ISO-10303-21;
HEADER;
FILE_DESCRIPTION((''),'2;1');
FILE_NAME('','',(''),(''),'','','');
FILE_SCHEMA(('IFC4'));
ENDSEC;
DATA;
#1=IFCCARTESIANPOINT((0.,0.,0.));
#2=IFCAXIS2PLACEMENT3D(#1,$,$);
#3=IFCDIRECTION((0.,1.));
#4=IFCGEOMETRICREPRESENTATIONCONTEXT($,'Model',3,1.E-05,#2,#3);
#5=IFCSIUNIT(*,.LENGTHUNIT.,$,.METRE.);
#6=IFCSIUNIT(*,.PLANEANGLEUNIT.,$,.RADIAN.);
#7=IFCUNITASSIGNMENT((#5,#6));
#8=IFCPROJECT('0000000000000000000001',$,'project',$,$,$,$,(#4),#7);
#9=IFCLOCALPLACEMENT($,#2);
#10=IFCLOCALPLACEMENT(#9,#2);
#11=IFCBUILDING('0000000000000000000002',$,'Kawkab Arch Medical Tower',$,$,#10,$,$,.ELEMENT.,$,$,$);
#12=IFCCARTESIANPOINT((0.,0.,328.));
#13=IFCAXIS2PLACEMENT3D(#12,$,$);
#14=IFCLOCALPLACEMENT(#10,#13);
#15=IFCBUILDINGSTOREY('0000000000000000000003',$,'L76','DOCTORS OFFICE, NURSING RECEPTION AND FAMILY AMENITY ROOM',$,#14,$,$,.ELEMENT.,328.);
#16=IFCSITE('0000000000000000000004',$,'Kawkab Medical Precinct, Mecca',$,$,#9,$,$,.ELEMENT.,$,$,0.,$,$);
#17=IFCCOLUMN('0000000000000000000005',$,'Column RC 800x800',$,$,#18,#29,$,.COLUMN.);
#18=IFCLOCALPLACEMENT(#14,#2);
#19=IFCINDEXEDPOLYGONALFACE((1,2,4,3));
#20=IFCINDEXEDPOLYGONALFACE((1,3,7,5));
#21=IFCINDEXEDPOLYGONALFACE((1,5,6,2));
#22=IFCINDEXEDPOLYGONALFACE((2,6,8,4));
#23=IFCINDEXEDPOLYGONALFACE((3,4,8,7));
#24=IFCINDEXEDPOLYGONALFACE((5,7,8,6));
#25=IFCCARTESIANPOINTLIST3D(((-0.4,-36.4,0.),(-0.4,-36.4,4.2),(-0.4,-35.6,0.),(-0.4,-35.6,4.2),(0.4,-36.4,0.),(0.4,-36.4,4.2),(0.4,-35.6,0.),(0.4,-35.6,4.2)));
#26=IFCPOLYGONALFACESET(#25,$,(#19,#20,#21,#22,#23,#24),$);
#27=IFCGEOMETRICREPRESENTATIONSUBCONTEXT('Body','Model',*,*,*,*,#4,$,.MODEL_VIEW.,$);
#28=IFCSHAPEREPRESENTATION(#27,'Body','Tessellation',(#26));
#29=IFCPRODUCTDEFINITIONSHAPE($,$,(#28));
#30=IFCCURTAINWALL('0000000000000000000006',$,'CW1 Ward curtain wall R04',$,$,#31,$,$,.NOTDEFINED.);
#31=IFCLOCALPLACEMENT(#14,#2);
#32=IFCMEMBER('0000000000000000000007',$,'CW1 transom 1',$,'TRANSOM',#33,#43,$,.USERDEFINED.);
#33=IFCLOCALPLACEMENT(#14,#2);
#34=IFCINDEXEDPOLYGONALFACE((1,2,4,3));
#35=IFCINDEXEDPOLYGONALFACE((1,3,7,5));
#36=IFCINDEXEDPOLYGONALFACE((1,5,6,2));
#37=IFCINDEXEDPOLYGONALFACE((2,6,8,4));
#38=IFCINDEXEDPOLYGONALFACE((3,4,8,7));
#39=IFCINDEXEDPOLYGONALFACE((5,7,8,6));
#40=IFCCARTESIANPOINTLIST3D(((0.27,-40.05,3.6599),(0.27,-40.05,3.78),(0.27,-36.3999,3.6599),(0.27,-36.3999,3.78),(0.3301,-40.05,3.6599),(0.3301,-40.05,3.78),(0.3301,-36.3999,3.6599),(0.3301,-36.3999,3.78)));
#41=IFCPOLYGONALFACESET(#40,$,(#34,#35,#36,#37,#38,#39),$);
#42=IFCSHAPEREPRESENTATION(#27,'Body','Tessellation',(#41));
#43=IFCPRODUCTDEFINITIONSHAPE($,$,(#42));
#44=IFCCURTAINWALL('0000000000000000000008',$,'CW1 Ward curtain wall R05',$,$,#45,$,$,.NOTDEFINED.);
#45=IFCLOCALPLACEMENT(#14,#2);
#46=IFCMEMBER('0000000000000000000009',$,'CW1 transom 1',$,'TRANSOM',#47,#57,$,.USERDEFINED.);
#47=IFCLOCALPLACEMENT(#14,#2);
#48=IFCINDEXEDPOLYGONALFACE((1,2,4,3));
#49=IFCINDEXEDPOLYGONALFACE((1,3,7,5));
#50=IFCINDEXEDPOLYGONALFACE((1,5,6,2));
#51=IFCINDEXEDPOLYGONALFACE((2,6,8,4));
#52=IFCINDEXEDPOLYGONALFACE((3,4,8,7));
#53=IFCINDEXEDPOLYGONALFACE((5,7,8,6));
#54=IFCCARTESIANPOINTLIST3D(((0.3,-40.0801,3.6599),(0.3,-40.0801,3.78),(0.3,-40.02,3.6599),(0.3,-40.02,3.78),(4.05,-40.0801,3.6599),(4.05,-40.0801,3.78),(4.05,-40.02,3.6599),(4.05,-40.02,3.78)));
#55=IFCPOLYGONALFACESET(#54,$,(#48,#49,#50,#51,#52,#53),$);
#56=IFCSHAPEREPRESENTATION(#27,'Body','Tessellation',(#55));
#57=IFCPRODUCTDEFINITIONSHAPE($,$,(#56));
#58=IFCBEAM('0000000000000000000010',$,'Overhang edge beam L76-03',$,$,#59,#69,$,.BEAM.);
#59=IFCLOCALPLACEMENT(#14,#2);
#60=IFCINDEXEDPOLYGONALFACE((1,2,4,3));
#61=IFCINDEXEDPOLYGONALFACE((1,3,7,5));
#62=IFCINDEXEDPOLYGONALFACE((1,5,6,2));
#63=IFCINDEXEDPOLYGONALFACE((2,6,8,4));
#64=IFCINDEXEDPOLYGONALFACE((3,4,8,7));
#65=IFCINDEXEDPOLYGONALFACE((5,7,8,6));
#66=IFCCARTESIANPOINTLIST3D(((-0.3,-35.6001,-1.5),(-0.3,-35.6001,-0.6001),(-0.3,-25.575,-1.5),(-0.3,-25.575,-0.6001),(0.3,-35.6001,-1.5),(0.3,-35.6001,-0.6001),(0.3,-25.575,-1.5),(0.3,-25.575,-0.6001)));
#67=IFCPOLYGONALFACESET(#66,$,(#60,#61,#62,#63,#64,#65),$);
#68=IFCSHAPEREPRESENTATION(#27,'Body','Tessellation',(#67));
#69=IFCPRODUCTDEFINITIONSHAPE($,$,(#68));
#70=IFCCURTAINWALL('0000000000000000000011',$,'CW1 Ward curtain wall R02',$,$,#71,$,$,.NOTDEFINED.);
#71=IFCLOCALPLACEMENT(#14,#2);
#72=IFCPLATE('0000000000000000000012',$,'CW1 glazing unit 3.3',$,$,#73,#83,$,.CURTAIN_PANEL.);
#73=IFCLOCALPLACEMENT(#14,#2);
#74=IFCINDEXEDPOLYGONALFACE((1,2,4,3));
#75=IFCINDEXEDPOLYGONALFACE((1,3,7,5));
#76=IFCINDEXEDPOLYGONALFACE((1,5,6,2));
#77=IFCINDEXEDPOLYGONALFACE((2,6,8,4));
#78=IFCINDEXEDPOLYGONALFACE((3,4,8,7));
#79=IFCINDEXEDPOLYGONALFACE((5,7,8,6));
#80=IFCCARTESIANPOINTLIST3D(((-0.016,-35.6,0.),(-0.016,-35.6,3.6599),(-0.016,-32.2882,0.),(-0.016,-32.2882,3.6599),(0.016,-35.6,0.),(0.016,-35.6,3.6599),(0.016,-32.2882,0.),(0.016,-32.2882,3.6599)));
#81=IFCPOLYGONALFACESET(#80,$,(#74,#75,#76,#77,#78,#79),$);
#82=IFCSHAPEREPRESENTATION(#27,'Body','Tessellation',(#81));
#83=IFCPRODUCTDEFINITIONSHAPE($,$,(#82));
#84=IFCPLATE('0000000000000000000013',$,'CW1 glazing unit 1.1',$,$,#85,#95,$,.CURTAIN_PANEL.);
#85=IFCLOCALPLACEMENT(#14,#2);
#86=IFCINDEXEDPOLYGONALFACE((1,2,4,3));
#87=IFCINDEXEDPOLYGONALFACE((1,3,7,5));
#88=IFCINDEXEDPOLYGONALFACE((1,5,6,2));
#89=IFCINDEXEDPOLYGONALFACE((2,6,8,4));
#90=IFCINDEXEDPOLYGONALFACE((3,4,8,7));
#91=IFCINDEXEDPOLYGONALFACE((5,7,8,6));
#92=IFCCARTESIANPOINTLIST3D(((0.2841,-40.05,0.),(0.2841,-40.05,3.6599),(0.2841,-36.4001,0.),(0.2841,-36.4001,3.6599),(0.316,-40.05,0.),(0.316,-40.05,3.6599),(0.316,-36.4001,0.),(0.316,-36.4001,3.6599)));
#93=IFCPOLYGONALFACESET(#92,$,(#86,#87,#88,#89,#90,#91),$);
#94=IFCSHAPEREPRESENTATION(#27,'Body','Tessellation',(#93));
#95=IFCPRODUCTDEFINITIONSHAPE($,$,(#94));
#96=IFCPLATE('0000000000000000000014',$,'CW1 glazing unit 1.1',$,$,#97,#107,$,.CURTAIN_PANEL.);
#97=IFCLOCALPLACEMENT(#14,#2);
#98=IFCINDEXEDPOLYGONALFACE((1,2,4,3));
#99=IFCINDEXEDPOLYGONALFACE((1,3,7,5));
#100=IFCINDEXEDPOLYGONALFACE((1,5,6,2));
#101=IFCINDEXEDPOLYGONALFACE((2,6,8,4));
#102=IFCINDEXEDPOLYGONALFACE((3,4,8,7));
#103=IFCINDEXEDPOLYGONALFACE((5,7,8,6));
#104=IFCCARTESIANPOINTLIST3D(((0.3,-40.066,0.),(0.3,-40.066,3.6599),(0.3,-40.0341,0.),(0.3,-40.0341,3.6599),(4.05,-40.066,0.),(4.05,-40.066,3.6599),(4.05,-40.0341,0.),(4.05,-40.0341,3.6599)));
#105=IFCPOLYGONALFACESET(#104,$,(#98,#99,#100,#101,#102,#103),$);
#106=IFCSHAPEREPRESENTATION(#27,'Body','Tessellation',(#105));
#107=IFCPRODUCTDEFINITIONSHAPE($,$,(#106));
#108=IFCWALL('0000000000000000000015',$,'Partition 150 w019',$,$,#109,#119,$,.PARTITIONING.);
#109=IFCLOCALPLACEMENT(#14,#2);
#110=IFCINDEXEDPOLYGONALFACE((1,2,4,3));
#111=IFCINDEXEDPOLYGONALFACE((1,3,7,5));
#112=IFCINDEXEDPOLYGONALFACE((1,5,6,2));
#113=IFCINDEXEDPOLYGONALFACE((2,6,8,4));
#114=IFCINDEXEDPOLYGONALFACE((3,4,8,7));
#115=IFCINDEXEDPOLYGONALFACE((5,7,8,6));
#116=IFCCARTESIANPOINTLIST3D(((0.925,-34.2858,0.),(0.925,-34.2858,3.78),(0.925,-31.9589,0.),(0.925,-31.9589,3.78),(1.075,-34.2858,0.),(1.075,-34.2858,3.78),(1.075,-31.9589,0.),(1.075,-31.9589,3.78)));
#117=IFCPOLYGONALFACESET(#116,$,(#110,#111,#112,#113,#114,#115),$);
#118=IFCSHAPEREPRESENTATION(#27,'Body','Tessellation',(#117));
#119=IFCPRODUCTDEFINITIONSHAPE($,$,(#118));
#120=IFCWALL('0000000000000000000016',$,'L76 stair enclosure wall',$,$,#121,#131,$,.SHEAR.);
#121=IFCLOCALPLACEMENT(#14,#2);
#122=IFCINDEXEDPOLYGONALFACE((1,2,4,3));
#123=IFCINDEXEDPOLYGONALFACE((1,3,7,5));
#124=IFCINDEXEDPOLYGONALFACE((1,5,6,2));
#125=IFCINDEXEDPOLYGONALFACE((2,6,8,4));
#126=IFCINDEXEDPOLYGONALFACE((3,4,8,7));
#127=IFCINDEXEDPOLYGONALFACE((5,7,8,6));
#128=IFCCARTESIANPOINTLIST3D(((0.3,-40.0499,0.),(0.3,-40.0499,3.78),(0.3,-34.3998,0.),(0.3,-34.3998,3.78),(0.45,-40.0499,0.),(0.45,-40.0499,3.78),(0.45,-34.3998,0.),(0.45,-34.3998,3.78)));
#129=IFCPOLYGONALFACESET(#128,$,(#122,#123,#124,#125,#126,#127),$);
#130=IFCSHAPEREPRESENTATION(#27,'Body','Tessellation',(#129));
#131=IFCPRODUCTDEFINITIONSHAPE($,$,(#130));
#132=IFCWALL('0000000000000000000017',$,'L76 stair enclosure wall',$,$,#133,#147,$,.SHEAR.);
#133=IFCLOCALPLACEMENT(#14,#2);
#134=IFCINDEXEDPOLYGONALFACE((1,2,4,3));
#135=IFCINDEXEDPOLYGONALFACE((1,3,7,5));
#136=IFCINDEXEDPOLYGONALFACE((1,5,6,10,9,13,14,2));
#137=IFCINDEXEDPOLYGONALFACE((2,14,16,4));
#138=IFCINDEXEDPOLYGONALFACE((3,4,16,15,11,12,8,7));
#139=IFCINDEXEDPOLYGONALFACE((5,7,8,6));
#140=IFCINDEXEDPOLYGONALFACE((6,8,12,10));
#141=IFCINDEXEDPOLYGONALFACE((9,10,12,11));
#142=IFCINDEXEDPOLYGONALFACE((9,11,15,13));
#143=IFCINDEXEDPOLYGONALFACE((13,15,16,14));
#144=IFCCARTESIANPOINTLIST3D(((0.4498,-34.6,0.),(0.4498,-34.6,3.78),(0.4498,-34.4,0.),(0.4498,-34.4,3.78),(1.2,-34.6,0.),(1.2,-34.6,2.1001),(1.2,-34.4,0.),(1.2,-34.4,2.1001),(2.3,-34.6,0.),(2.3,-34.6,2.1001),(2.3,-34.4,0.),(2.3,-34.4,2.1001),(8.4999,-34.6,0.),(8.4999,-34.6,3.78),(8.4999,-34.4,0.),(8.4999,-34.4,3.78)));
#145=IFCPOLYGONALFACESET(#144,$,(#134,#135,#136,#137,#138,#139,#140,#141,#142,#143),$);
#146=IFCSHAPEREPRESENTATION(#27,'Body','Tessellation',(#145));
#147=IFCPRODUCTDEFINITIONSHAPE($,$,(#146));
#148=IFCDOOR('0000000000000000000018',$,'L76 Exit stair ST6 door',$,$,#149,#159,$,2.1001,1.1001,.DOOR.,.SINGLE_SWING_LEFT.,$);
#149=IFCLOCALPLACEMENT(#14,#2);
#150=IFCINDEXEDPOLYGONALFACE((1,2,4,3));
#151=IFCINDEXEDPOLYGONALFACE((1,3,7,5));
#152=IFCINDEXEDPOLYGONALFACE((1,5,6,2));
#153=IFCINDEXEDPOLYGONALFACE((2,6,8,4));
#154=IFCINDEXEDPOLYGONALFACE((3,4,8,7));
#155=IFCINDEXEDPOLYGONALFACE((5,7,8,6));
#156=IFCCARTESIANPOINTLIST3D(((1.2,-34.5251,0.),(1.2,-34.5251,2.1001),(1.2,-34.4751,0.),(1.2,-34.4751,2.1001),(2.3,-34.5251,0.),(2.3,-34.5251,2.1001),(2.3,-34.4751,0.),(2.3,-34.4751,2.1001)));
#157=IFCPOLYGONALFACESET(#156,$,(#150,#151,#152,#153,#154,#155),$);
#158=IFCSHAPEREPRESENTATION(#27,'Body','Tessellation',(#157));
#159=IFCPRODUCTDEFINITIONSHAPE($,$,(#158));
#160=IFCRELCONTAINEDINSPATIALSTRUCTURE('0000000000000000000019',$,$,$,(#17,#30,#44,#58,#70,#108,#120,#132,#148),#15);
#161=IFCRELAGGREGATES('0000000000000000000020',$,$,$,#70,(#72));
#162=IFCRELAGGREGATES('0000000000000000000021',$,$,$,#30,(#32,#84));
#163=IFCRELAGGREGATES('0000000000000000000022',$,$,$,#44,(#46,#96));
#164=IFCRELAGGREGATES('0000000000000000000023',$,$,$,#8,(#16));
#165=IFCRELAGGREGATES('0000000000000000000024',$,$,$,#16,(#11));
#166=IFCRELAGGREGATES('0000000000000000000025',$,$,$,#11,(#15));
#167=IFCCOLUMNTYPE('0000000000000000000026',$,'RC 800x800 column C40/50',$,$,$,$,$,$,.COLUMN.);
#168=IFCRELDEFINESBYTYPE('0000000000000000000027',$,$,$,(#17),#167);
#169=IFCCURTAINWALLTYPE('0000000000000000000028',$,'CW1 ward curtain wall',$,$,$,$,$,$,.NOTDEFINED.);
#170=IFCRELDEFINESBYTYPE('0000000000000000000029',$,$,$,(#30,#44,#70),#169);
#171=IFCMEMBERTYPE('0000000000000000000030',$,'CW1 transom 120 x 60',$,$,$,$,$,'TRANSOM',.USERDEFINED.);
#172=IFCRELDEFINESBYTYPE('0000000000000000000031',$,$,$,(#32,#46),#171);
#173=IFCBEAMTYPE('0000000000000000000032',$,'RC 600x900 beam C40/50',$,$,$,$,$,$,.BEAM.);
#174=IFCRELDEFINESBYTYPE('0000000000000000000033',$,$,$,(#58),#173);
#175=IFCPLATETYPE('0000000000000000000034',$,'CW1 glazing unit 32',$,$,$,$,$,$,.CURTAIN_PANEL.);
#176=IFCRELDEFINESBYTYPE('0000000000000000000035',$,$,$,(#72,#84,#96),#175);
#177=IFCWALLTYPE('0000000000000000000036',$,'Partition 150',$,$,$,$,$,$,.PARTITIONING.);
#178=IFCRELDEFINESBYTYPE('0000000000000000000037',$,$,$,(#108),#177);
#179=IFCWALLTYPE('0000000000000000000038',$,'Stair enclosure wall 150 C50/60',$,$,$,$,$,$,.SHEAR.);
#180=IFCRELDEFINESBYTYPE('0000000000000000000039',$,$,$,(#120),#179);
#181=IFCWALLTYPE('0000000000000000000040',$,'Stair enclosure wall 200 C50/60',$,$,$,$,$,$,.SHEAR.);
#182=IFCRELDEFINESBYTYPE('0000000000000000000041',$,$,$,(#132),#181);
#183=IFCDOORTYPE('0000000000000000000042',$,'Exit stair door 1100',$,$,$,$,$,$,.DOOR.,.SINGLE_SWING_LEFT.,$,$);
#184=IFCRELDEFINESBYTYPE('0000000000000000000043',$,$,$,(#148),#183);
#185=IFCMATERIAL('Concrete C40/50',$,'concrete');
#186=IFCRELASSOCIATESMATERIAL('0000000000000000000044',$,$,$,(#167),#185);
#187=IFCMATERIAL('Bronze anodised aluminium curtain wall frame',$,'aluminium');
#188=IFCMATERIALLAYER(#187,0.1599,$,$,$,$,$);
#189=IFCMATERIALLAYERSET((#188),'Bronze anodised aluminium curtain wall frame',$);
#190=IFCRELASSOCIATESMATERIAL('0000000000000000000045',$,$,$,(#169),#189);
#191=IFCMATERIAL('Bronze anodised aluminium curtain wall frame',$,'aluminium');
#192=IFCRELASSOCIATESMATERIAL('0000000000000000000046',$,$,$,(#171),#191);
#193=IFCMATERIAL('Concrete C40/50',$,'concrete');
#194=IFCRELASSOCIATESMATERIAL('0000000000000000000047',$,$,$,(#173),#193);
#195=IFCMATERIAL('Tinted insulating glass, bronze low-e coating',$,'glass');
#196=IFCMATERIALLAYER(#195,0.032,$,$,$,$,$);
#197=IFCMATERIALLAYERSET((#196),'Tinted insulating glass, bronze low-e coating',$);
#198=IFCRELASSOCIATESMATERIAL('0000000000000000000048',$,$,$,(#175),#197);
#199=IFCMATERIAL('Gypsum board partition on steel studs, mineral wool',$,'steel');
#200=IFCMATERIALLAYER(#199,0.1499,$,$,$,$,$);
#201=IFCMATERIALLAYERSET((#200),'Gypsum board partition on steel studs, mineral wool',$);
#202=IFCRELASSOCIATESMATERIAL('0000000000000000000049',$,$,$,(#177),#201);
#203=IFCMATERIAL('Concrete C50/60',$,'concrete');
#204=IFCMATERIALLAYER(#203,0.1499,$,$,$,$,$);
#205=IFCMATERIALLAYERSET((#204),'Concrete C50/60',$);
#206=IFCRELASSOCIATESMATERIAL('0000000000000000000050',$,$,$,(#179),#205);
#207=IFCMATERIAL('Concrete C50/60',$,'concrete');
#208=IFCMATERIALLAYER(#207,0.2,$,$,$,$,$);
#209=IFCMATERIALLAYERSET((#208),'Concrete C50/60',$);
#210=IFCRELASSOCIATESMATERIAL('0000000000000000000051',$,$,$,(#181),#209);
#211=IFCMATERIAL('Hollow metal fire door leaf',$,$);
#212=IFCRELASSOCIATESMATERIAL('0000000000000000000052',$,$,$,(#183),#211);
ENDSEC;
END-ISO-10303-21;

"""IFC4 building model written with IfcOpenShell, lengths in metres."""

from ifc_helpers import new_model, si_unit, direction, frame, frame_2d, origin, origin_2d, place, context, subcontext, project, spatial, rectangle, extrude, material, layer, layer_set, material_profile, profile_set, type_object, element, fill, aggregate, save


model = new_model("IFC4")

# Units and contexts
model_context = context("Model", 3, precision=1e-05, world=origin(), true_north=direction((0.0, 1.0)))
body_context = subcontext(model_context, "Body", "Model", "MODEL_VIEW")
ifc_project = project(units=[si_unit("LENGTHUNIT", "METRE"), si_unit("PLANEANGLEUNIT", "RADIAN")], contexts=[model_context])

# Site, building, storey
site_placement = place(None, origin())
site = spatial("IfcSite", under=ifc_project, at=site_placement, Name="Kawkab Medical Precinct, Mecca", CompositionType="ELEMENT", RefElevation=0.0)
building_placement = place(site_placement, origin())
building = spatial("IfcBuilding", under=site, at=building_placement, Name="Kawkab Arch Medical Tower", CompositionType="ELEMENT")
storey_placement = place(building_placement, frame((0.0, 0.0, 328.0)))
storey = spatial("IfcBuildingStorey", under=building, at=storey_placement, Name="L76", Description="DOCTORS OFFICE, NURSING RECEPTION AND FAMILY AMENITY ROOM", CompositionType="ELEMENT", Elevation=328.0)

# Column
ifc_material_1 = material(Name="Concrete C40/50", Category="concrete")
ifc_material_profile_1 = material_profile(ifc_material_1, rectangle(XDim=0.8, YDim=0.8, at=origin_2d()), Name="RC 800x800")
ifc_profile_set_1 = profile_set([ifc_material_profile_1], Name="Concrete C40/50")
column_type = type_object("IfcColumnType", Name="RC 800x800 column C40/50", PredefinedType="COLUMN", material=ifc_profile_set_1)
column_placement = place(storey_placement, frame((0.0, -36.0, 0.0), z_axis=(0.0, 0.0, 1.0), x_axis=(1.0, 0.0, 0.0)))
element("IfcColumn", 1, at=column_placement, inside=storey, type_object=column_type, Name="Column RC 800x800", PredefinedType="COLUMN", context=body_context, shape_type="SweptSolid", body=[
    extrude(rectangle(XDim=0.8, YDim=0.8, at=origin_2d()), origin(), (0.0, 0.0, 1.0), 4.2),
])

# Curtain walls, members
ifc_material_2 = material(Name="Bronze anodised aluminium curtain wall frame", Category="aluminium")
ifc_layer_1 = layer(ifc_material_2, 0.1599)
ifc_layer_set_1 = layer_set([ifc_layer_1], Name="Bronze anodised aluminium curtain wall frame")
curtain_wall_type = type_object("IfcCurtainWallType", Name="CW1 ward curtain wall", PredefinedType="NOTDEFINED", material=ifc_layer_set_1)
placement = place(storey_placement, origin())
curtain_wall_1 = element("IfcCurtainWall", 2, at=placement, inside=storey, type_object=curtain_wall_type, Name="CW1 Ward curtain wall R04", PredefinedType="NOTDEFINED")
ifc_material_3 = material(Name="Bronze anodised aluminium curtain wall frame", Category="aluminium")
ifc_material_profile_2 = material_profile(ifc_material_3, rectangle(XDim=0.0601, YDim=0.1201, at=origin_2d()), Name="AL 60x120")
ifc_profile_set_2 = profile_set([ifc_material_profile_2], Name="Bronze anodised aluminium curtain wall frame")
member_type = type_object("IfcMemberType", Name="CW1 transom 120 x 60", ElementType="TRANSOM", PredefinedType="USERDEFINED", material=ifc_profile_set_2)
member_1_placement = place(storey_placement, frame((0.3, -36.3999, 3.72), z_axis=(0.0, -1.0, 0.0), x_axis=(1.0, 0.0, 0.0)))
member_1 = element("IfcMember", 3, at=member_1_placement, type_object=member_type, Name="CW1 transom 1", ObjectType="TRANSOM", PredefinedType="USERDEFINED", context=body_context, shape_type="SweptSolid", body=[
    extrude(rectangle(XDim=0.0601, YDim=0.1201, at=origin_2d()), origin(), (0.0, 0.0, 1.0), 3.6501),
])
curtain_wall_2 = element("IfcCurtainWall", 4, at=placement, inside=storey, type_object=curtain_wall_type, Name="CW1 Ward curtain wall R05", PredefinedType="NOTDEFINED")
member_2_placement = place(storey_placement, frame((0.3, -40.05, 3.72), z_axis=(1.0, 0.0, 0.0), x_axis=(0.0, 1.0, 0.0)))
member_2 = element("IfcMember", 5, at=member_2_placement, type_object=member_type, Name="CW1 transom 1", ObjectType="TRANSOM", PredefinedType="USERDEFINED", context=body_context, shape_type="SweptSolid", body=[
    extrude(rectangle(XDim=0.0601, YDim=0.1201, at=origin_2d()), origin(), (0.0, 0.0, 1.0), 3.75),
])

# Beam
ifc_material_4 = material(Name="Concrete C40/50", Category="concrete")
ifc_material_profile_3 = material_profile(ifc_material_4, rectangle(XDim=0.6001, YDim=0.8999, at=origin_2d()), Name="RC 600x900")
ifc_profile_set_3 = profile_set([ifc_material_profile_3], Name="Concrete C40/50")
beam_type = type_object("IfcBeamType", Name="RC 600x900 beam C40/50", PredefinedType="BEAM", material=ifc_profile_set_3)
beam_placement = place(storey_placement, frame((0.0, -35.6001, -1.05), z_axis=(0.0, 1.0, 0.0), x_axis=(-1.0, 0.0, 0.0)))
element("IfcBeam", 6, at=beam_placement, inside=storey, type_object=beam_type, Name="Overhang edge beam L76-03", PredefinedType="BEAM", context=body_context, shape_type="SweptSolid", body=[
    extrude(rectangle(XDim=0.6001, YDim=0.8999, at=origin_2d()), origin(), (0.0, 0.0, 1.0), 10.0251),
])

# Curtain wall, plate
curtain_wall_3 = element("IfcCurtainWall", 7, at=placement, inside=storey, type_object=curtain_wall_type, Name="CW1 Ward curtain wall R02", PredefinedType="NOTDEFINED")
ifc_material_5 = material(Name="Tinted insulating glass, bronze low-e coating", Category="glass")
ifc_layer_2 = layer(ifc_material_5, 0.032)
ifc_layer_set_2 = layer_set([ifc_layer_2], Name="Tinted insulating glass, bronze low-e coating")
plate_type = type_object("IfcPlateType", Name="CW1 glazing unit 32", PredefinedType="CURTAIN_PANEL", material=ifc_layer_set_2)
plate_1_placement = place(storey_placement, frame((0.0, -33.9441, 0.0), z_axis=(0.0, 0.0, 1.0), x_axis=(0.0, -1.0, 0.0)))
plate_1 = element("IfcPlate", 8, at=plate_1_placement, type_object=plate_type, Name="CW1 glazing unit 3.3", PredefinedType="CURTAIN_PANEL", context=body_context, shape_type="SweptSolid", body=[
    extrude(rectangle(XDim=3.3118, YDim=0.032, at=origin_2d()), origin(), (0.0, 0.0, 1.0), 3.6599),
])
aggregate(curtain_wall_3, [plate_1])

# Plates
plate_2_placement = place(storey_placement, frame((0.3, -38.2251, 0.0), z_axis=(0.0, 0.0, 1.0), x_axis=(0.0, -1.0, 0.0)))
plate_2 = element("IfcPlate", 9, at=plate_2_placement, type_object=plate_type, Name="CW1 glazing unit 1.1", PredefinedType="CURTAIN_PANEL", context=body_context, shape_type="SweptSolid", body=[
    extrude(rectangle(XDim=3.6499, YDim=0.032, at=origin_2d()), origin(), (0.0, 0.0, 1.0), 3.6599),
])
aggregate(curtain_wall_1, [member_1, plate_2])
plate_3_placement = place(storey_placement, frame((2.175, -40.05, 0.0), z_axis=(0.0, 0.0, 1.0), x_axis=(1.0, 0.0, 0.0)))
plate_3 = element("IfcPlate", 10, at=plate_3_placement, type_object=plate_type, Name="CW1 glazing unit 1.1", PredefinedType="CURTAIN_PANEL", context=body_context, shape_type="SweptSolid", body=[
    extrude(rectangle(XDim=3.75, YDim=0.032, at=origin_2d()), origin(), (0.0, 0.0, 1.0), 3.6599),
])
aggregate(curtain_wall_2, [member_2, plate_3])

# Walls
ifc_material_6 = material(Name="Gypsum board partition on steel studs, mineral wool", Category="steel")
ifc_layer_3 = layer(ifc_material_6, 0.1499)
ifc_layer_set_3 = layer_set([ifc_layer_3], Name="Gypsum board partition on steel studs, mineral wool")
wall_type_1 = type_object("IfcWallType", Name="Partition 150", PredefinedType="PARTITIONING", material=ifc_layer_set_3)
wall_1_placement = place(storey_placement, frame((1.0, -34.2859, 0.0), z_axis=(0.0, 0.0, 1.0), x_axis=(0.0, 1.0, 0.0)))
element("IfcWall", 11, at=wall_1_placement, inside=storey, type_object=wall_type_1, Name="Partition 150 w019", PredefinedType="PARTITIONING", context=body_context, shape_type="SweptSolid", body=[
    extrude(rectangle(XDim=2.3269, YDim=0.1499, at=frame_2d((1.1636, 0.0))), origin(), (0.0, 0.0, 1.0), 3.78),
])
ifc_material_7 = material(Name="Concrete C50/60", Category="concrete")
ifc_layer_4 = layer(ifc_material_7, 0.1499)
ifc_layer_set_4 = layer_set([ifc_layer_4], Name="Concrete C50/60")
wall_type_2 = type_object("IfcWallType", Name="Stair enclosure wall 150 C50/60", PredefinedType="SHEAR", material=ifc_layer_set_4)
wall_2_placement = place(storey_placement, frame((0.375, -40.05, 0.0), z_axis=(0.0, 0.0, 1.0), x_axis=(0.0, 1.0, 0.0)))
element("IfcWall", 12, at=wall_2_placement, inside=storey, type_object=wall_type_2, Name="L76 stair enclosure wall", PredefinedType="SHEAR", context=body_context, shape_type="SweptSolid", body=[
    extrude(rectangle(XDim=5.6501, YDim=0.1499, at=frame_2d((2.8252, 0.0))), origin(), (0.0, 0.0, 1.0), 3.78),
])

# Wall, opening, door
ifc_material_8 = material(Name="Concrete C50/60", Category="concrete")
ifc_layer_5 = layer(ifc_material_8, 0.2)
ifc_layer_set_5 = layer_set([ifc_layer_5], Name="Concrete C50/60")
wall_type_3 = type_object("IfcWallType", Name="Stair enclosure wall 200 C50/60", PredefinedType="SHEAR", material=ifc_layer_set_5)
wall_3_placement = place(storey_placement, frame((0.45, -34.5, 0.0), z_axis=(0.0, 0.0, 1.0), x_axis=(1.0, 0.0, 0.0)))
wall_3 = element("IfcWall", 13, at=wall_3_placement, inside=storey, type_object=wall_type_3, Name="L76 stair enclosure wall", PredefinedType="SHEAR", context=body_context, shape_type="SweptSolid", body=[
    extrude(rectangle(XDim=8.05, YDim=0.2, at=frame_2d((4.0249, 0.0))), origin(), (0.0, 0.0, 1.0), 3.78),
])
opening_1_placement = place(wall_3_placement, frame((0.75, 0.0, 0.0)))
opening_1 = element("IfcOpeningElement", 14, at=opening_1_placement, cuts=wall_3, PredefinedType="OPENING", context=body_context, shape_type="SweptSolid", body=[
    extrude(rectangle(XDim=1.1001, YDim=2.1001, at=frame_2d((0.55, 1.05))), frame((0.0, 0.1099, 0.0), z_axis=(0.0, -1.0, 0.0), x_axis=(1.0, 0.0, 0.0)), (0.0, 0.0, 1.0), 0.22),
])
ifc_material_9 = material(Name="Hollow metal fire door leaf")
door_type_1 = type_object("IfcDoorType", Name="Exit stair door 1100", OperationType="SINGLE_SWING_LEFT", PredefinedType="DOOR", material=ifc_material_9)
door_1_placement = place(opening_1_placement, origin())
door_1 = element("IfcDoor", 15, at=door_1_placement, inside=storey, type_object=door_type_1, Name="L76 Exit stair ST6 door", OperationType="SINGLE_SWING_LEFT", OverallHeight=2.1001, OverallWidth=1.1001, PredefinedType="DOOR", context=body_context, shape_type="SweptSolid", body=[
    extrude(rectangle(XDim=1.1001, YDim=2.1001, at=frame_2d((0.55, 1.05))), frame((0.0, 0.0249, 0.0), z_axis=(0.0, -1.0, 0.0), x_axis=(1.0, 0.0, 0.0)), (0.0, 0.0, 1.0), 0.05),
])
fill(opening_1, door_1)

save(model, "model.ifc")
